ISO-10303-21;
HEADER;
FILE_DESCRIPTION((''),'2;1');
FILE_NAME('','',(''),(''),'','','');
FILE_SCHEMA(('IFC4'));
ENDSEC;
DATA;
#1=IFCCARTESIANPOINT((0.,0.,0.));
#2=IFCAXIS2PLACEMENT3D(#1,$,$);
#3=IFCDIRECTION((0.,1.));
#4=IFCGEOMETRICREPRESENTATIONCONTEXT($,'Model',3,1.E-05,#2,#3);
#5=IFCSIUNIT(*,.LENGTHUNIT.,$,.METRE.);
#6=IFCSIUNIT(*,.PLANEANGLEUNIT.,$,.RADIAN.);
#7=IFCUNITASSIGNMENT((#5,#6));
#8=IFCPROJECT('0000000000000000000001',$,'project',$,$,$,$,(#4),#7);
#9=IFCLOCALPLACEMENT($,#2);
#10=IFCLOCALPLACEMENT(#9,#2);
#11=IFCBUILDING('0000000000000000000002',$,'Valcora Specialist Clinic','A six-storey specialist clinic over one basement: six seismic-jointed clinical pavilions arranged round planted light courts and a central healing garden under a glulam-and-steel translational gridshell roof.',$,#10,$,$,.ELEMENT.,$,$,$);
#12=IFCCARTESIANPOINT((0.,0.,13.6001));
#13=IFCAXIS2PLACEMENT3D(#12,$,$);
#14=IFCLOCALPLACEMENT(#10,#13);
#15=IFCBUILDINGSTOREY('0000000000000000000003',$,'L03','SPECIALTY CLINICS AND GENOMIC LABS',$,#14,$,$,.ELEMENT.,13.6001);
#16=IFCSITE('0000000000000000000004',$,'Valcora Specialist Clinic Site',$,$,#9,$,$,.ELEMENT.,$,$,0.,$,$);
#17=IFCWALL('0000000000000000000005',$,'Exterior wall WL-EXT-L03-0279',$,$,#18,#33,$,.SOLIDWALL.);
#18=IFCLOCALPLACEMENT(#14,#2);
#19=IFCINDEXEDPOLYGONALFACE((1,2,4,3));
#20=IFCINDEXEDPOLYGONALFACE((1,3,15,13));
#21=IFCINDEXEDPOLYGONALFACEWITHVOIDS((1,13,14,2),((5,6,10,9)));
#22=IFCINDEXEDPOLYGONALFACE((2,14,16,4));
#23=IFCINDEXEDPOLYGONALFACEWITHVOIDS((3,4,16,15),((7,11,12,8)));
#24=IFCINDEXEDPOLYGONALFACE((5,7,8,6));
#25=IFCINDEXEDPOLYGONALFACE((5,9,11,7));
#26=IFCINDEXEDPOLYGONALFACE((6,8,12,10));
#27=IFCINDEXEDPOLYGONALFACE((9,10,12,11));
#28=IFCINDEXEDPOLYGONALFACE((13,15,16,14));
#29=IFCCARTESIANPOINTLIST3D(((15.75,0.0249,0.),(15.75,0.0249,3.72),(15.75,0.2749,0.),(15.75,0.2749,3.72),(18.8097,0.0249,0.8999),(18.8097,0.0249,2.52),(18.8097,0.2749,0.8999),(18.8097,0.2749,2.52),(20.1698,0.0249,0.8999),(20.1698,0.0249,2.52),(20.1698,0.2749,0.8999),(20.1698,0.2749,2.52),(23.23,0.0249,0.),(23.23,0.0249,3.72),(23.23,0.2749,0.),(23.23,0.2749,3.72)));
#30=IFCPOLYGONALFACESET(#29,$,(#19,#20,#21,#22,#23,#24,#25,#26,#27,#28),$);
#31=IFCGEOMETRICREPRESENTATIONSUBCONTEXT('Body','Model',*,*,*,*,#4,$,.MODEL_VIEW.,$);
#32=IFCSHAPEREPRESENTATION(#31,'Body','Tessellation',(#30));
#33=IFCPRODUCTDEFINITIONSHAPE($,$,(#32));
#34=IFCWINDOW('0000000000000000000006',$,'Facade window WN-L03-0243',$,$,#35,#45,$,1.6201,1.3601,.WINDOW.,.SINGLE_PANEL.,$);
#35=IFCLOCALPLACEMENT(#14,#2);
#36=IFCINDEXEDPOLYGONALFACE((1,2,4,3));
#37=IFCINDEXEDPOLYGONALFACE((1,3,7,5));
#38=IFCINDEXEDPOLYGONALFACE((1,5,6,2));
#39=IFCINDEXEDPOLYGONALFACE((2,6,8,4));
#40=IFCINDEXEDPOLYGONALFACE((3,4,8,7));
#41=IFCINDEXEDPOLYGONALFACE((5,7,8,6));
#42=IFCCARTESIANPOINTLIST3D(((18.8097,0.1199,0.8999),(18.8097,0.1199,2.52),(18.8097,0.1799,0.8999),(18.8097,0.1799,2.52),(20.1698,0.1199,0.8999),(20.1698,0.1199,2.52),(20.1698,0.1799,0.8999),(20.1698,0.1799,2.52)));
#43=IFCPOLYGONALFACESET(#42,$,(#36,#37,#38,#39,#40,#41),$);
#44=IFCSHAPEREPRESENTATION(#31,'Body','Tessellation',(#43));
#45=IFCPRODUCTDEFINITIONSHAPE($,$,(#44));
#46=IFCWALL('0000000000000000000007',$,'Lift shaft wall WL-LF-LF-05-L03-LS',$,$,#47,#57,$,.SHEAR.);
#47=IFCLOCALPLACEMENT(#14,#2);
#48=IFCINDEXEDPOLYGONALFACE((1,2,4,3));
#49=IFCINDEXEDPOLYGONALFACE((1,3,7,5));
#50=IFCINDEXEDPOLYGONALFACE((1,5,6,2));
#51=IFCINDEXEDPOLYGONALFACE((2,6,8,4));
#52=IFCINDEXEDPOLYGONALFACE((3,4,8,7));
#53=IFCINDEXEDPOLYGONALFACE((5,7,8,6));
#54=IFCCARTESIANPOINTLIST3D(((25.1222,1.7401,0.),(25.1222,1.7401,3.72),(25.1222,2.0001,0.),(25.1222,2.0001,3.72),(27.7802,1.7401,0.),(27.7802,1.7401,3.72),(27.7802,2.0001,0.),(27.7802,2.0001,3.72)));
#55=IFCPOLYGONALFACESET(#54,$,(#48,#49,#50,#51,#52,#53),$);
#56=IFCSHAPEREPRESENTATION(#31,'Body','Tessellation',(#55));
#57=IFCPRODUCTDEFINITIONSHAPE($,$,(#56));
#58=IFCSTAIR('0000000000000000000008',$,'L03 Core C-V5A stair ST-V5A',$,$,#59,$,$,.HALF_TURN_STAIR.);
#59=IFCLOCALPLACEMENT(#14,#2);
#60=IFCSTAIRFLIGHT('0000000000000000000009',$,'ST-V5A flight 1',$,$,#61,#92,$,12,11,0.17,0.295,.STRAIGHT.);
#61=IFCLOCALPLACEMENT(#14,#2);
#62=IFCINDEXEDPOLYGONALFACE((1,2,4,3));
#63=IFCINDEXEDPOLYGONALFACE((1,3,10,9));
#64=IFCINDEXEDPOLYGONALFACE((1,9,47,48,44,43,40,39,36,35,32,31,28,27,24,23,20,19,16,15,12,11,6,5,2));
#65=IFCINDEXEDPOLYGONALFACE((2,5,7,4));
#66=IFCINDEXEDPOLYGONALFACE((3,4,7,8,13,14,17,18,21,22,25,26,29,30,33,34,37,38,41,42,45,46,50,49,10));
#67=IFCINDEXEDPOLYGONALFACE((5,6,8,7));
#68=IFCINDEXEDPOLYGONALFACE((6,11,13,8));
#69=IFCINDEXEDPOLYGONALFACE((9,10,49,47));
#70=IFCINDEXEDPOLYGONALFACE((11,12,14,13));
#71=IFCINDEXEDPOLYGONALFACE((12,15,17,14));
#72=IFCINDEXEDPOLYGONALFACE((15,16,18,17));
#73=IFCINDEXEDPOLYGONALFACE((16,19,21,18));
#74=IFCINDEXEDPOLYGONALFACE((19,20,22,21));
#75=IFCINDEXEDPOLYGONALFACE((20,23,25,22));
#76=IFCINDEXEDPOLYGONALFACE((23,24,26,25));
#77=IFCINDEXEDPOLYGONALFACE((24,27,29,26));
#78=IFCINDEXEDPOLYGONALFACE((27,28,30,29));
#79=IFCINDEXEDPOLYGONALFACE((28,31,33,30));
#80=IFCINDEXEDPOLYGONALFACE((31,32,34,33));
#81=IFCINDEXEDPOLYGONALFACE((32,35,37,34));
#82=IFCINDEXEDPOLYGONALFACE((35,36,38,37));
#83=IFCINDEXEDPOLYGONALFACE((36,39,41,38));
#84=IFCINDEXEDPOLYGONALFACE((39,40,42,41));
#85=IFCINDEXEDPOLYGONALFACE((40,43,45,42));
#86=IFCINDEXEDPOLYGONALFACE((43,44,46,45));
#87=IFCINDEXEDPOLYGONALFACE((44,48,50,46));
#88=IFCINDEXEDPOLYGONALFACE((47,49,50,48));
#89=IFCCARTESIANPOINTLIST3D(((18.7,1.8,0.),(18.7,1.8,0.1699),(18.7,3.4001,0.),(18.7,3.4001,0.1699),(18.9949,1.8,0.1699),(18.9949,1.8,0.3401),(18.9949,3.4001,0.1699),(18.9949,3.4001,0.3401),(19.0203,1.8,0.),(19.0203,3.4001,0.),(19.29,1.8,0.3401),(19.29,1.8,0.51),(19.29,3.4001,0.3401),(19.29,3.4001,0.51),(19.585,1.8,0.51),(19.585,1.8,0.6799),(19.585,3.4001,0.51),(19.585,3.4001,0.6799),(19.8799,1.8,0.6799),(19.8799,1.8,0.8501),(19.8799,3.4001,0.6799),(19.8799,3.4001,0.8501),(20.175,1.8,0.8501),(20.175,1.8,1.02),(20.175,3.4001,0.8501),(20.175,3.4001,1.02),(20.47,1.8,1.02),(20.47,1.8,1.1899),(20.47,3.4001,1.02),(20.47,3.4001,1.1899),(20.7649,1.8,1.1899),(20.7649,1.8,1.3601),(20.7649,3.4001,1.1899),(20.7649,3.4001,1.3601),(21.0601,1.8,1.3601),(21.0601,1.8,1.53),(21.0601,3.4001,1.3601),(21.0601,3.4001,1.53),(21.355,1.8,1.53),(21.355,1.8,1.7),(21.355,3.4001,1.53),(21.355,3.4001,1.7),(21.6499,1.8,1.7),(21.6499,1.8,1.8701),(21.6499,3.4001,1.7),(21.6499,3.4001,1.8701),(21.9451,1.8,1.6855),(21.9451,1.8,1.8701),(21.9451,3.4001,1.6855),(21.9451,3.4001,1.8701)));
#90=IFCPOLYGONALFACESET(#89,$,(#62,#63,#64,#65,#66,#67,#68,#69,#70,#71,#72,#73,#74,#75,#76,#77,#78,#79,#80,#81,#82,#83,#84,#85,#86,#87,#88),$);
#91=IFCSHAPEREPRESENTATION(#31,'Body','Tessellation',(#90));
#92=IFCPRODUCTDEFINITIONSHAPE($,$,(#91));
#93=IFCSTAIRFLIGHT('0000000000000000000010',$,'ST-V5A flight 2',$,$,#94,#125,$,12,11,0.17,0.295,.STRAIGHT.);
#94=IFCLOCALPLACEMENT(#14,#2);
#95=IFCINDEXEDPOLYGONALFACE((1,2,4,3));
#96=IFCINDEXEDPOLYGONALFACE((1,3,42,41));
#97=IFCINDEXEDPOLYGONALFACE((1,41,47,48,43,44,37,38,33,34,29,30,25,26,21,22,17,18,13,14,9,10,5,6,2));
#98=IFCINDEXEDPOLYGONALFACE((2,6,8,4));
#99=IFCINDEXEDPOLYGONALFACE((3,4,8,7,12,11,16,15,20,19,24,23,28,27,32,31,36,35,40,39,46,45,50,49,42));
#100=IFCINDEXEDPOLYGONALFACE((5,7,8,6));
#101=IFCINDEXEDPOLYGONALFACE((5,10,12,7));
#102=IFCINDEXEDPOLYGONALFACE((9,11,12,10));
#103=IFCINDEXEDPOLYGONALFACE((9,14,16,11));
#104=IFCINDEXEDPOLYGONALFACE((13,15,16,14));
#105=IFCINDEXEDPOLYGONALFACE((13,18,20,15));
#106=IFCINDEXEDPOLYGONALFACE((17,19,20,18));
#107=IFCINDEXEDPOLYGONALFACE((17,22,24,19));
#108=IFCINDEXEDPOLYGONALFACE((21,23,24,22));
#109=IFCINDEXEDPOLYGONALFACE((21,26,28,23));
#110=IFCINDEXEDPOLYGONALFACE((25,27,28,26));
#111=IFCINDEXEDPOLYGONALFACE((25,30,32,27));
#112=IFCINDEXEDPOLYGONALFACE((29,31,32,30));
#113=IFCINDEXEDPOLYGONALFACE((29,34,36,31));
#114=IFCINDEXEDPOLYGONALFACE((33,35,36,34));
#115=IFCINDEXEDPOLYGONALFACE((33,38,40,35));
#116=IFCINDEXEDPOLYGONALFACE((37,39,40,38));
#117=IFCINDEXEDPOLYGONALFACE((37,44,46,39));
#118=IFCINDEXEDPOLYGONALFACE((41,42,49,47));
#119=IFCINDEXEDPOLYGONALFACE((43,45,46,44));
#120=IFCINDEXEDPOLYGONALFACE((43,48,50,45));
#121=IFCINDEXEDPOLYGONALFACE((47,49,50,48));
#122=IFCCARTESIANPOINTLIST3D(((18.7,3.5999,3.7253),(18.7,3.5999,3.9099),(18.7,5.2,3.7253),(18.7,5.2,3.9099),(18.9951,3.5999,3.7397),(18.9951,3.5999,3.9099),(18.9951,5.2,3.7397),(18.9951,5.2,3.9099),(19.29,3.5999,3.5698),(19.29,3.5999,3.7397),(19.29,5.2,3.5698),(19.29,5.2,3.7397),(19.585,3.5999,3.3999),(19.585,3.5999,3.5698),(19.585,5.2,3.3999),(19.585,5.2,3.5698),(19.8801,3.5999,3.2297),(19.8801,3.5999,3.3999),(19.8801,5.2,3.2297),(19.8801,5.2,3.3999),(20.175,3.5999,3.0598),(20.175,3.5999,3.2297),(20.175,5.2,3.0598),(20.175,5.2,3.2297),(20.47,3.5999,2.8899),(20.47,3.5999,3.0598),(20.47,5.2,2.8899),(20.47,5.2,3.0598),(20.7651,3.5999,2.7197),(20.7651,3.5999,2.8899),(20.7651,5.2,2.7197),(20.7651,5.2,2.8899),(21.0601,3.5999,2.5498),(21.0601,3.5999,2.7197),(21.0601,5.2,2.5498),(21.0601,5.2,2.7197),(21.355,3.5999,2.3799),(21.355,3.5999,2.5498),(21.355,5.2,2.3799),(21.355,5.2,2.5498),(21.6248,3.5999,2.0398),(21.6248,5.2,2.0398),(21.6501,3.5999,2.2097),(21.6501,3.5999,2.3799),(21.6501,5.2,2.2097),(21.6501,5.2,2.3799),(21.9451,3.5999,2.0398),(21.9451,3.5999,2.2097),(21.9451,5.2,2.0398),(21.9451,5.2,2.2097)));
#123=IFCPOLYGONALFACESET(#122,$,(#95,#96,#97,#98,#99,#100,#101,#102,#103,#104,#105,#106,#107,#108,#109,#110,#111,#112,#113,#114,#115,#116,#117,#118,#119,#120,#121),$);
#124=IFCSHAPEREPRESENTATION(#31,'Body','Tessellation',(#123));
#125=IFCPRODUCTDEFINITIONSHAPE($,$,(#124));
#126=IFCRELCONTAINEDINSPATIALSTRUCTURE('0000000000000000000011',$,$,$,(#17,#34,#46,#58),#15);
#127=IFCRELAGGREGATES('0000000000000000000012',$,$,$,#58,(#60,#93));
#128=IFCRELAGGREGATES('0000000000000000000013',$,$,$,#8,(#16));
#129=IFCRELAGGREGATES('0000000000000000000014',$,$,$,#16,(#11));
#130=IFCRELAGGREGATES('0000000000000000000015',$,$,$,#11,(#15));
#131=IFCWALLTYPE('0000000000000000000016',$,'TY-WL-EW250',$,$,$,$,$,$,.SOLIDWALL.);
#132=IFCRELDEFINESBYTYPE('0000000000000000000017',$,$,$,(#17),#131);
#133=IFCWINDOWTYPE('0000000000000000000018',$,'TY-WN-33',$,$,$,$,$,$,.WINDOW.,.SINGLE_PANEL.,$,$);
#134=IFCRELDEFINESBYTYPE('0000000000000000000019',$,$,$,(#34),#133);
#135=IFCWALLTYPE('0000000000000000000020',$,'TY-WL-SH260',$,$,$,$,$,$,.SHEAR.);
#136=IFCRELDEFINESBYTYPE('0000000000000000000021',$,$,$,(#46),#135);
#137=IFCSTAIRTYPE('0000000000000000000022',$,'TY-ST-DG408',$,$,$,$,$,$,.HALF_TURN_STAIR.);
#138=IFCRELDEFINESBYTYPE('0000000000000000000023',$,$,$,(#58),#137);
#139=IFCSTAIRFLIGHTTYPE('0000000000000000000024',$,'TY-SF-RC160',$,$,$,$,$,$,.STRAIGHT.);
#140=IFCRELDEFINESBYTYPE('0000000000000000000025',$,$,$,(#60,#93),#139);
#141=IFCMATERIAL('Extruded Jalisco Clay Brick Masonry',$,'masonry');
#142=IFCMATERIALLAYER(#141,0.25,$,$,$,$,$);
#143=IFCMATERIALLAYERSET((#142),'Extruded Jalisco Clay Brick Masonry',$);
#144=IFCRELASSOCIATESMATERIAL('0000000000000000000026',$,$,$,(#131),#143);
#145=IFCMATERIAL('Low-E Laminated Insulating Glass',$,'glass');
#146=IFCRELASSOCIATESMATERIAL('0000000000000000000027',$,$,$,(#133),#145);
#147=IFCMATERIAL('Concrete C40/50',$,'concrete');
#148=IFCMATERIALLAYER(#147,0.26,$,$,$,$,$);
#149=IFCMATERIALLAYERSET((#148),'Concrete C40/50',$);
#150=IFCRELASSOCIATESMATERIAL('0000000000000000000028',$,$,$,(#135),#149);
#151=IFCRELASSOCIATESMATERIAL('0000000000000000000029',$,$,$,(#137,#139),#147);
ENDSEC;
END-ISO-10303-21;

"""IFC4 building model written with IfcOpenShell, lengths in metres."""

from ifc_helpers import new_model, si_unit, direction, frame, frame_2d, origin, place, context, subcontext, project, spatial, polyline, rectangle, outline, extrude, material, layer, layer_set, type_object, element, fill, aggregate, save


model = new_model("IFC4")

# Units and contexts
model_context = context("Model", 3, precision=1e-05, world=origin(), true_north=direction((0.0, 1.0)))
body_context = subcontext(model_context, "Body", "Model", "MODEL_VIEW")
ifc_project = project(units=[si_unit("LENGTHUNIT", "METRE"), si_unit("PLANEANGLEUNIT", "RADIAN")], contexts=[model_context])

# Site, building, storey
site_placement = place(None, origin())
site = spatial("IfcSite", under=ifc_project, at=site_placement, Name="Valcora Specialist Clinic Site", CompositionType="ELEMENT", RefElevation=0.0)
building_placement = place(site_placement, origin())
building = spatial("IfcBuilding", under=site, at=building_placement, Name="Valcora Specialist Clinic", Description="A six-storey specialist clinic over one basement: six seismic-jointed clinical pavilions arranged round planted light courts and a central healing garden under a glulam-and-steel translational gridshell roof.", CompositionType="ELEMENT")
storey_placement = place(building_placement, frame((0.0, 0.0, 13.6001)))
storey = spatial("IfcBuildingStorey", under=building, at=storey_placement, Name="L03", Description="SPECIALTY CLINICS AND GENOMIC LABS", CompositionType="ELEMENT", Elevation=13.6001)

# Shared definitions
ifc_material_1 = material(Name="Concrete C40/50", Category="concrete")

# Wall, opening, window
ifc_material_2 = material(Name="Extruded Jalisco Clay Brick Masonry", Category="masonry")
ifc_layer_1 = layer(ifc_material_2, 0.25)
ifc_layer_set_1 = layer_set([ifc_layer_1], Name="Extruded Jalisco Clay Brick Masonry")
wall_type_1 = type_object("IfcWallType", Name="TY-WL-EW250", PredefinedType="SOLIDWALL", material=ifc_layer_set_1)
wall_1_placement = place(storey_placement, frame((23.23, 0.1499, 0.0), z_axis=(0.0, 0.0, 1.0), x_axis=(-1.0, 0.0, 0.0)))
wall_1 = element("IfcWall", 1, at=wall_1_placement, inside=storey, type_object=wall_type_1, Name="Exterior wall WL-EXT-L03-0279", PredefinedType="SOLIDWALL", context=body_context, shape_type="SweptSolid", body=[
    extrude(rectangle(XDim=7.48, YDim=0.25, at=frame_2d((3.74, 0.0))), origin(), (0.0, 0.0, 1.0), 3.72),
])
opening_placement = place(wall_1_placement, frame((3.0601, 0.0, 0.8999)))
opening = element("IfcOpeningElement", 2, at=opening_placement, cuts=wall_1, PredefinedType="OPENING", context=body_context, shape_type="SweptSolid", body=[
    extrude(rectangle(XDim=1.3601, YDim=1.6201, at=frame_2d((0.6802, 0.8101))), frame((0.0, 0.135, 0.0), z_axis=(0.0, -1.0, 0.0), x_axis=(1.0, 0.0, 0.0)), (0.0, 0.0, 1.0), 0.27),
])
ifc_material_3 = material(Name="Low-E Laminated Insulating Glass", Category="glass")
window_type = type_object("IfcWindowType", Name="TY-WN-33", PartitioningType="SINGLE_PANEL", PredefinedType="WINDOW", material=ifc_material_3)
window_placement = place(opening_placement, origin())
window = element("IfcWindow", 3, at=window_placement, inside=storey, type_object=window_type, Name="Facade window WN-L03-0243", OverallHeight=1.6201, OverallWidth=1.3601, PartitioningType="SINGLE_PANEL", PredefinedType="WINDOW", context=body_context, shape_type="SweptSolid", body=[
    extrude(rectangle(XDim=1.3601, YDim=1.6201, at=frame_2d((0.6802, 0.8101))), frame((0.0, 0.03, 0.0), z_axis=(0.0, -1.0, 0.0), x_axis=(1.0, 0.0, 0.0)), (0.0, 0.0, 1.0), 0.0601),
])
fill(opening, window)

# Wall
ifc_layer_2 = layer(ifc_material_1, 0.26)
ifc_layer_set_2 = layer_set([ifc_layer_2], Name="Concrete C40/50")
wall_type_2 = type_object("IfcWallType", Name="TY-WL-SH260", PredefinedType="SHEAR", material=ifc_layer_set_2)
wall_2_placement = place(storey_placement, frame((25.1221, 1.8701, 0.0), z_axis=(0.0, 0.0, 1.0), x_axis=(1.0, 0.0, 0.0)))
element("IfcWall", 4, at=wall_2_placement, inside=storey, type_object=wall_type_2, Name="Lift shaft wall WL-LF-LF-05-L03-LS", PredefinedType="SHEAR", context=body_context, shape_type="SweptSolid", body=[
    extrude(rectangle(XDim=2.658, YDim=0.26, at=frame_2d((1.3291, 0.0))), origin(), (0.0, 0.0, 1.0), 3.72),
])

# Stair, stair flights
stair_type = type_object("IfcStairType", Name="TY-ST-DG408", PredefinedType="HALF_TURN_STAIR", material=ifc_material_1)
stair_placement = place(storey_placement, origin())
stair = element("IfcStair", 5, at=stair_placement, inside=storey, type_object=stair_type, Name="L03 Core C-V5A stair ST-V5A", PredefinedType="HALF_TURN_STAIR")
stair_flight_type = type_object("IfcStairFlightType", Name="TY-SF-RC160", PredefinedType="STRAIGHT", material=ifc_material_1)
stair_flight_1_placement = place(storey_placement, frame((18.7, 2.6001, 0.0), z_axis=(0.0, 0.0, 1.0), x_axis=(1.0, 0.0, 0.0)))
stair_flight_1 = element("IfcStairFlight", 6, at=stair_flight_1_placement, type_object=stair_flight_type, Name="ST-V5A flight 1", NumberOfRisers=12, NumberOfTreads=11, PredefinedType="STRAIGHT", RiserHeight=0.17, TreadLength=0.295, context=body_context, shape_type="SweptSolid", body=[
    extrude(outline(polyline([(0.0, 0.0), (0.0, 0.1699), (0.2949, 0.1699), (0.2949, 0.3401), (0.5901, 0.3401), (0.5901, 0.51), (0.885, 0.51), (0.885, 0.6799), (1.1799, 0.6799), (1.1799, 0.8501), (1.4751, 0.8501), (1.4751, 1.02), (1.77, 1.02), (1.77, 1.1899), (2.0649, 1.1899), (2.0649, 1.3601), (2.3601, 1.3601), (2.3601, 1.53), (2.655, 1.53), (2.655, 1.7), (2.95, 1.7), (2.95, 1.8701), (3.2451, 1.8701), (3.2451, 2.04), (3.2451, 1.6855), (0.3203, 0.0), (0.0, 0.0)])), frame((0.0, 0.8, 0.0), z_axis=(0.0, -1.0, 0.0), x_axis=(1.0, 0.0, 0.0)), (0.0, 0.0, 1.0), 1.6001),
])
stair_flight_2_placement = place(storey_placement, frame((21.9451, 4.3999, 2.0398), z_axis=(0.0, 0.0, 1.0), x_axis=(-1.0, 0.0, 0.0)))
stair_flight_2 = element("IfcStairFlight", 7, at=stair_flight_2_placement, type_object=stair_flight_type, Name="ST-V5A flight 2", NumberOfRisers=12, NumberOfTreads=11, PredefinedType="STRAIGHT", RiserHeight=0.17, TreadLength=0.295, context=body_context, shape_type="SweptSolid", body=[
    extrude(outline(polyline([(0.0, 0.0), (0.0, 0.1699), (0.2949, 0.1699), (0.2949, 0.3401), (0.5901, 0.3401), (0.5901, 0.51), (0.885, 0.51), (0.885, 0.6799), (1.1799, 0.6799), (1.1799, 0.8501), (1.4751, 0.8501), (1.4751, 1.02), (1.77, 1.02), (1.77, 1.1899), (2.0649, 1.1899), (2.0649, 1.3601), (2.3601, 1.3601), (2.3601, 1.53), (2.655, 1.53), (2.655, 1.7), (2.95, 1.7), (2.95, 1.8701), (3.2451, 1.8701), (3.2451, 2.04), (3.2451, 1.6855), (0.3203, 0.0), (0.0, 0.0)])), frame((0.0, 0.8, 0.0), z_axis=(0.0, -1.0, 0.0), x_axis=(1.0, 0.0, 0.0)), (0.0, 0.0, 1.0), 1.6001),
])
aggregate(stair, [stair_flight_1, stair_flight_2])

save(model, "model.ifc")
